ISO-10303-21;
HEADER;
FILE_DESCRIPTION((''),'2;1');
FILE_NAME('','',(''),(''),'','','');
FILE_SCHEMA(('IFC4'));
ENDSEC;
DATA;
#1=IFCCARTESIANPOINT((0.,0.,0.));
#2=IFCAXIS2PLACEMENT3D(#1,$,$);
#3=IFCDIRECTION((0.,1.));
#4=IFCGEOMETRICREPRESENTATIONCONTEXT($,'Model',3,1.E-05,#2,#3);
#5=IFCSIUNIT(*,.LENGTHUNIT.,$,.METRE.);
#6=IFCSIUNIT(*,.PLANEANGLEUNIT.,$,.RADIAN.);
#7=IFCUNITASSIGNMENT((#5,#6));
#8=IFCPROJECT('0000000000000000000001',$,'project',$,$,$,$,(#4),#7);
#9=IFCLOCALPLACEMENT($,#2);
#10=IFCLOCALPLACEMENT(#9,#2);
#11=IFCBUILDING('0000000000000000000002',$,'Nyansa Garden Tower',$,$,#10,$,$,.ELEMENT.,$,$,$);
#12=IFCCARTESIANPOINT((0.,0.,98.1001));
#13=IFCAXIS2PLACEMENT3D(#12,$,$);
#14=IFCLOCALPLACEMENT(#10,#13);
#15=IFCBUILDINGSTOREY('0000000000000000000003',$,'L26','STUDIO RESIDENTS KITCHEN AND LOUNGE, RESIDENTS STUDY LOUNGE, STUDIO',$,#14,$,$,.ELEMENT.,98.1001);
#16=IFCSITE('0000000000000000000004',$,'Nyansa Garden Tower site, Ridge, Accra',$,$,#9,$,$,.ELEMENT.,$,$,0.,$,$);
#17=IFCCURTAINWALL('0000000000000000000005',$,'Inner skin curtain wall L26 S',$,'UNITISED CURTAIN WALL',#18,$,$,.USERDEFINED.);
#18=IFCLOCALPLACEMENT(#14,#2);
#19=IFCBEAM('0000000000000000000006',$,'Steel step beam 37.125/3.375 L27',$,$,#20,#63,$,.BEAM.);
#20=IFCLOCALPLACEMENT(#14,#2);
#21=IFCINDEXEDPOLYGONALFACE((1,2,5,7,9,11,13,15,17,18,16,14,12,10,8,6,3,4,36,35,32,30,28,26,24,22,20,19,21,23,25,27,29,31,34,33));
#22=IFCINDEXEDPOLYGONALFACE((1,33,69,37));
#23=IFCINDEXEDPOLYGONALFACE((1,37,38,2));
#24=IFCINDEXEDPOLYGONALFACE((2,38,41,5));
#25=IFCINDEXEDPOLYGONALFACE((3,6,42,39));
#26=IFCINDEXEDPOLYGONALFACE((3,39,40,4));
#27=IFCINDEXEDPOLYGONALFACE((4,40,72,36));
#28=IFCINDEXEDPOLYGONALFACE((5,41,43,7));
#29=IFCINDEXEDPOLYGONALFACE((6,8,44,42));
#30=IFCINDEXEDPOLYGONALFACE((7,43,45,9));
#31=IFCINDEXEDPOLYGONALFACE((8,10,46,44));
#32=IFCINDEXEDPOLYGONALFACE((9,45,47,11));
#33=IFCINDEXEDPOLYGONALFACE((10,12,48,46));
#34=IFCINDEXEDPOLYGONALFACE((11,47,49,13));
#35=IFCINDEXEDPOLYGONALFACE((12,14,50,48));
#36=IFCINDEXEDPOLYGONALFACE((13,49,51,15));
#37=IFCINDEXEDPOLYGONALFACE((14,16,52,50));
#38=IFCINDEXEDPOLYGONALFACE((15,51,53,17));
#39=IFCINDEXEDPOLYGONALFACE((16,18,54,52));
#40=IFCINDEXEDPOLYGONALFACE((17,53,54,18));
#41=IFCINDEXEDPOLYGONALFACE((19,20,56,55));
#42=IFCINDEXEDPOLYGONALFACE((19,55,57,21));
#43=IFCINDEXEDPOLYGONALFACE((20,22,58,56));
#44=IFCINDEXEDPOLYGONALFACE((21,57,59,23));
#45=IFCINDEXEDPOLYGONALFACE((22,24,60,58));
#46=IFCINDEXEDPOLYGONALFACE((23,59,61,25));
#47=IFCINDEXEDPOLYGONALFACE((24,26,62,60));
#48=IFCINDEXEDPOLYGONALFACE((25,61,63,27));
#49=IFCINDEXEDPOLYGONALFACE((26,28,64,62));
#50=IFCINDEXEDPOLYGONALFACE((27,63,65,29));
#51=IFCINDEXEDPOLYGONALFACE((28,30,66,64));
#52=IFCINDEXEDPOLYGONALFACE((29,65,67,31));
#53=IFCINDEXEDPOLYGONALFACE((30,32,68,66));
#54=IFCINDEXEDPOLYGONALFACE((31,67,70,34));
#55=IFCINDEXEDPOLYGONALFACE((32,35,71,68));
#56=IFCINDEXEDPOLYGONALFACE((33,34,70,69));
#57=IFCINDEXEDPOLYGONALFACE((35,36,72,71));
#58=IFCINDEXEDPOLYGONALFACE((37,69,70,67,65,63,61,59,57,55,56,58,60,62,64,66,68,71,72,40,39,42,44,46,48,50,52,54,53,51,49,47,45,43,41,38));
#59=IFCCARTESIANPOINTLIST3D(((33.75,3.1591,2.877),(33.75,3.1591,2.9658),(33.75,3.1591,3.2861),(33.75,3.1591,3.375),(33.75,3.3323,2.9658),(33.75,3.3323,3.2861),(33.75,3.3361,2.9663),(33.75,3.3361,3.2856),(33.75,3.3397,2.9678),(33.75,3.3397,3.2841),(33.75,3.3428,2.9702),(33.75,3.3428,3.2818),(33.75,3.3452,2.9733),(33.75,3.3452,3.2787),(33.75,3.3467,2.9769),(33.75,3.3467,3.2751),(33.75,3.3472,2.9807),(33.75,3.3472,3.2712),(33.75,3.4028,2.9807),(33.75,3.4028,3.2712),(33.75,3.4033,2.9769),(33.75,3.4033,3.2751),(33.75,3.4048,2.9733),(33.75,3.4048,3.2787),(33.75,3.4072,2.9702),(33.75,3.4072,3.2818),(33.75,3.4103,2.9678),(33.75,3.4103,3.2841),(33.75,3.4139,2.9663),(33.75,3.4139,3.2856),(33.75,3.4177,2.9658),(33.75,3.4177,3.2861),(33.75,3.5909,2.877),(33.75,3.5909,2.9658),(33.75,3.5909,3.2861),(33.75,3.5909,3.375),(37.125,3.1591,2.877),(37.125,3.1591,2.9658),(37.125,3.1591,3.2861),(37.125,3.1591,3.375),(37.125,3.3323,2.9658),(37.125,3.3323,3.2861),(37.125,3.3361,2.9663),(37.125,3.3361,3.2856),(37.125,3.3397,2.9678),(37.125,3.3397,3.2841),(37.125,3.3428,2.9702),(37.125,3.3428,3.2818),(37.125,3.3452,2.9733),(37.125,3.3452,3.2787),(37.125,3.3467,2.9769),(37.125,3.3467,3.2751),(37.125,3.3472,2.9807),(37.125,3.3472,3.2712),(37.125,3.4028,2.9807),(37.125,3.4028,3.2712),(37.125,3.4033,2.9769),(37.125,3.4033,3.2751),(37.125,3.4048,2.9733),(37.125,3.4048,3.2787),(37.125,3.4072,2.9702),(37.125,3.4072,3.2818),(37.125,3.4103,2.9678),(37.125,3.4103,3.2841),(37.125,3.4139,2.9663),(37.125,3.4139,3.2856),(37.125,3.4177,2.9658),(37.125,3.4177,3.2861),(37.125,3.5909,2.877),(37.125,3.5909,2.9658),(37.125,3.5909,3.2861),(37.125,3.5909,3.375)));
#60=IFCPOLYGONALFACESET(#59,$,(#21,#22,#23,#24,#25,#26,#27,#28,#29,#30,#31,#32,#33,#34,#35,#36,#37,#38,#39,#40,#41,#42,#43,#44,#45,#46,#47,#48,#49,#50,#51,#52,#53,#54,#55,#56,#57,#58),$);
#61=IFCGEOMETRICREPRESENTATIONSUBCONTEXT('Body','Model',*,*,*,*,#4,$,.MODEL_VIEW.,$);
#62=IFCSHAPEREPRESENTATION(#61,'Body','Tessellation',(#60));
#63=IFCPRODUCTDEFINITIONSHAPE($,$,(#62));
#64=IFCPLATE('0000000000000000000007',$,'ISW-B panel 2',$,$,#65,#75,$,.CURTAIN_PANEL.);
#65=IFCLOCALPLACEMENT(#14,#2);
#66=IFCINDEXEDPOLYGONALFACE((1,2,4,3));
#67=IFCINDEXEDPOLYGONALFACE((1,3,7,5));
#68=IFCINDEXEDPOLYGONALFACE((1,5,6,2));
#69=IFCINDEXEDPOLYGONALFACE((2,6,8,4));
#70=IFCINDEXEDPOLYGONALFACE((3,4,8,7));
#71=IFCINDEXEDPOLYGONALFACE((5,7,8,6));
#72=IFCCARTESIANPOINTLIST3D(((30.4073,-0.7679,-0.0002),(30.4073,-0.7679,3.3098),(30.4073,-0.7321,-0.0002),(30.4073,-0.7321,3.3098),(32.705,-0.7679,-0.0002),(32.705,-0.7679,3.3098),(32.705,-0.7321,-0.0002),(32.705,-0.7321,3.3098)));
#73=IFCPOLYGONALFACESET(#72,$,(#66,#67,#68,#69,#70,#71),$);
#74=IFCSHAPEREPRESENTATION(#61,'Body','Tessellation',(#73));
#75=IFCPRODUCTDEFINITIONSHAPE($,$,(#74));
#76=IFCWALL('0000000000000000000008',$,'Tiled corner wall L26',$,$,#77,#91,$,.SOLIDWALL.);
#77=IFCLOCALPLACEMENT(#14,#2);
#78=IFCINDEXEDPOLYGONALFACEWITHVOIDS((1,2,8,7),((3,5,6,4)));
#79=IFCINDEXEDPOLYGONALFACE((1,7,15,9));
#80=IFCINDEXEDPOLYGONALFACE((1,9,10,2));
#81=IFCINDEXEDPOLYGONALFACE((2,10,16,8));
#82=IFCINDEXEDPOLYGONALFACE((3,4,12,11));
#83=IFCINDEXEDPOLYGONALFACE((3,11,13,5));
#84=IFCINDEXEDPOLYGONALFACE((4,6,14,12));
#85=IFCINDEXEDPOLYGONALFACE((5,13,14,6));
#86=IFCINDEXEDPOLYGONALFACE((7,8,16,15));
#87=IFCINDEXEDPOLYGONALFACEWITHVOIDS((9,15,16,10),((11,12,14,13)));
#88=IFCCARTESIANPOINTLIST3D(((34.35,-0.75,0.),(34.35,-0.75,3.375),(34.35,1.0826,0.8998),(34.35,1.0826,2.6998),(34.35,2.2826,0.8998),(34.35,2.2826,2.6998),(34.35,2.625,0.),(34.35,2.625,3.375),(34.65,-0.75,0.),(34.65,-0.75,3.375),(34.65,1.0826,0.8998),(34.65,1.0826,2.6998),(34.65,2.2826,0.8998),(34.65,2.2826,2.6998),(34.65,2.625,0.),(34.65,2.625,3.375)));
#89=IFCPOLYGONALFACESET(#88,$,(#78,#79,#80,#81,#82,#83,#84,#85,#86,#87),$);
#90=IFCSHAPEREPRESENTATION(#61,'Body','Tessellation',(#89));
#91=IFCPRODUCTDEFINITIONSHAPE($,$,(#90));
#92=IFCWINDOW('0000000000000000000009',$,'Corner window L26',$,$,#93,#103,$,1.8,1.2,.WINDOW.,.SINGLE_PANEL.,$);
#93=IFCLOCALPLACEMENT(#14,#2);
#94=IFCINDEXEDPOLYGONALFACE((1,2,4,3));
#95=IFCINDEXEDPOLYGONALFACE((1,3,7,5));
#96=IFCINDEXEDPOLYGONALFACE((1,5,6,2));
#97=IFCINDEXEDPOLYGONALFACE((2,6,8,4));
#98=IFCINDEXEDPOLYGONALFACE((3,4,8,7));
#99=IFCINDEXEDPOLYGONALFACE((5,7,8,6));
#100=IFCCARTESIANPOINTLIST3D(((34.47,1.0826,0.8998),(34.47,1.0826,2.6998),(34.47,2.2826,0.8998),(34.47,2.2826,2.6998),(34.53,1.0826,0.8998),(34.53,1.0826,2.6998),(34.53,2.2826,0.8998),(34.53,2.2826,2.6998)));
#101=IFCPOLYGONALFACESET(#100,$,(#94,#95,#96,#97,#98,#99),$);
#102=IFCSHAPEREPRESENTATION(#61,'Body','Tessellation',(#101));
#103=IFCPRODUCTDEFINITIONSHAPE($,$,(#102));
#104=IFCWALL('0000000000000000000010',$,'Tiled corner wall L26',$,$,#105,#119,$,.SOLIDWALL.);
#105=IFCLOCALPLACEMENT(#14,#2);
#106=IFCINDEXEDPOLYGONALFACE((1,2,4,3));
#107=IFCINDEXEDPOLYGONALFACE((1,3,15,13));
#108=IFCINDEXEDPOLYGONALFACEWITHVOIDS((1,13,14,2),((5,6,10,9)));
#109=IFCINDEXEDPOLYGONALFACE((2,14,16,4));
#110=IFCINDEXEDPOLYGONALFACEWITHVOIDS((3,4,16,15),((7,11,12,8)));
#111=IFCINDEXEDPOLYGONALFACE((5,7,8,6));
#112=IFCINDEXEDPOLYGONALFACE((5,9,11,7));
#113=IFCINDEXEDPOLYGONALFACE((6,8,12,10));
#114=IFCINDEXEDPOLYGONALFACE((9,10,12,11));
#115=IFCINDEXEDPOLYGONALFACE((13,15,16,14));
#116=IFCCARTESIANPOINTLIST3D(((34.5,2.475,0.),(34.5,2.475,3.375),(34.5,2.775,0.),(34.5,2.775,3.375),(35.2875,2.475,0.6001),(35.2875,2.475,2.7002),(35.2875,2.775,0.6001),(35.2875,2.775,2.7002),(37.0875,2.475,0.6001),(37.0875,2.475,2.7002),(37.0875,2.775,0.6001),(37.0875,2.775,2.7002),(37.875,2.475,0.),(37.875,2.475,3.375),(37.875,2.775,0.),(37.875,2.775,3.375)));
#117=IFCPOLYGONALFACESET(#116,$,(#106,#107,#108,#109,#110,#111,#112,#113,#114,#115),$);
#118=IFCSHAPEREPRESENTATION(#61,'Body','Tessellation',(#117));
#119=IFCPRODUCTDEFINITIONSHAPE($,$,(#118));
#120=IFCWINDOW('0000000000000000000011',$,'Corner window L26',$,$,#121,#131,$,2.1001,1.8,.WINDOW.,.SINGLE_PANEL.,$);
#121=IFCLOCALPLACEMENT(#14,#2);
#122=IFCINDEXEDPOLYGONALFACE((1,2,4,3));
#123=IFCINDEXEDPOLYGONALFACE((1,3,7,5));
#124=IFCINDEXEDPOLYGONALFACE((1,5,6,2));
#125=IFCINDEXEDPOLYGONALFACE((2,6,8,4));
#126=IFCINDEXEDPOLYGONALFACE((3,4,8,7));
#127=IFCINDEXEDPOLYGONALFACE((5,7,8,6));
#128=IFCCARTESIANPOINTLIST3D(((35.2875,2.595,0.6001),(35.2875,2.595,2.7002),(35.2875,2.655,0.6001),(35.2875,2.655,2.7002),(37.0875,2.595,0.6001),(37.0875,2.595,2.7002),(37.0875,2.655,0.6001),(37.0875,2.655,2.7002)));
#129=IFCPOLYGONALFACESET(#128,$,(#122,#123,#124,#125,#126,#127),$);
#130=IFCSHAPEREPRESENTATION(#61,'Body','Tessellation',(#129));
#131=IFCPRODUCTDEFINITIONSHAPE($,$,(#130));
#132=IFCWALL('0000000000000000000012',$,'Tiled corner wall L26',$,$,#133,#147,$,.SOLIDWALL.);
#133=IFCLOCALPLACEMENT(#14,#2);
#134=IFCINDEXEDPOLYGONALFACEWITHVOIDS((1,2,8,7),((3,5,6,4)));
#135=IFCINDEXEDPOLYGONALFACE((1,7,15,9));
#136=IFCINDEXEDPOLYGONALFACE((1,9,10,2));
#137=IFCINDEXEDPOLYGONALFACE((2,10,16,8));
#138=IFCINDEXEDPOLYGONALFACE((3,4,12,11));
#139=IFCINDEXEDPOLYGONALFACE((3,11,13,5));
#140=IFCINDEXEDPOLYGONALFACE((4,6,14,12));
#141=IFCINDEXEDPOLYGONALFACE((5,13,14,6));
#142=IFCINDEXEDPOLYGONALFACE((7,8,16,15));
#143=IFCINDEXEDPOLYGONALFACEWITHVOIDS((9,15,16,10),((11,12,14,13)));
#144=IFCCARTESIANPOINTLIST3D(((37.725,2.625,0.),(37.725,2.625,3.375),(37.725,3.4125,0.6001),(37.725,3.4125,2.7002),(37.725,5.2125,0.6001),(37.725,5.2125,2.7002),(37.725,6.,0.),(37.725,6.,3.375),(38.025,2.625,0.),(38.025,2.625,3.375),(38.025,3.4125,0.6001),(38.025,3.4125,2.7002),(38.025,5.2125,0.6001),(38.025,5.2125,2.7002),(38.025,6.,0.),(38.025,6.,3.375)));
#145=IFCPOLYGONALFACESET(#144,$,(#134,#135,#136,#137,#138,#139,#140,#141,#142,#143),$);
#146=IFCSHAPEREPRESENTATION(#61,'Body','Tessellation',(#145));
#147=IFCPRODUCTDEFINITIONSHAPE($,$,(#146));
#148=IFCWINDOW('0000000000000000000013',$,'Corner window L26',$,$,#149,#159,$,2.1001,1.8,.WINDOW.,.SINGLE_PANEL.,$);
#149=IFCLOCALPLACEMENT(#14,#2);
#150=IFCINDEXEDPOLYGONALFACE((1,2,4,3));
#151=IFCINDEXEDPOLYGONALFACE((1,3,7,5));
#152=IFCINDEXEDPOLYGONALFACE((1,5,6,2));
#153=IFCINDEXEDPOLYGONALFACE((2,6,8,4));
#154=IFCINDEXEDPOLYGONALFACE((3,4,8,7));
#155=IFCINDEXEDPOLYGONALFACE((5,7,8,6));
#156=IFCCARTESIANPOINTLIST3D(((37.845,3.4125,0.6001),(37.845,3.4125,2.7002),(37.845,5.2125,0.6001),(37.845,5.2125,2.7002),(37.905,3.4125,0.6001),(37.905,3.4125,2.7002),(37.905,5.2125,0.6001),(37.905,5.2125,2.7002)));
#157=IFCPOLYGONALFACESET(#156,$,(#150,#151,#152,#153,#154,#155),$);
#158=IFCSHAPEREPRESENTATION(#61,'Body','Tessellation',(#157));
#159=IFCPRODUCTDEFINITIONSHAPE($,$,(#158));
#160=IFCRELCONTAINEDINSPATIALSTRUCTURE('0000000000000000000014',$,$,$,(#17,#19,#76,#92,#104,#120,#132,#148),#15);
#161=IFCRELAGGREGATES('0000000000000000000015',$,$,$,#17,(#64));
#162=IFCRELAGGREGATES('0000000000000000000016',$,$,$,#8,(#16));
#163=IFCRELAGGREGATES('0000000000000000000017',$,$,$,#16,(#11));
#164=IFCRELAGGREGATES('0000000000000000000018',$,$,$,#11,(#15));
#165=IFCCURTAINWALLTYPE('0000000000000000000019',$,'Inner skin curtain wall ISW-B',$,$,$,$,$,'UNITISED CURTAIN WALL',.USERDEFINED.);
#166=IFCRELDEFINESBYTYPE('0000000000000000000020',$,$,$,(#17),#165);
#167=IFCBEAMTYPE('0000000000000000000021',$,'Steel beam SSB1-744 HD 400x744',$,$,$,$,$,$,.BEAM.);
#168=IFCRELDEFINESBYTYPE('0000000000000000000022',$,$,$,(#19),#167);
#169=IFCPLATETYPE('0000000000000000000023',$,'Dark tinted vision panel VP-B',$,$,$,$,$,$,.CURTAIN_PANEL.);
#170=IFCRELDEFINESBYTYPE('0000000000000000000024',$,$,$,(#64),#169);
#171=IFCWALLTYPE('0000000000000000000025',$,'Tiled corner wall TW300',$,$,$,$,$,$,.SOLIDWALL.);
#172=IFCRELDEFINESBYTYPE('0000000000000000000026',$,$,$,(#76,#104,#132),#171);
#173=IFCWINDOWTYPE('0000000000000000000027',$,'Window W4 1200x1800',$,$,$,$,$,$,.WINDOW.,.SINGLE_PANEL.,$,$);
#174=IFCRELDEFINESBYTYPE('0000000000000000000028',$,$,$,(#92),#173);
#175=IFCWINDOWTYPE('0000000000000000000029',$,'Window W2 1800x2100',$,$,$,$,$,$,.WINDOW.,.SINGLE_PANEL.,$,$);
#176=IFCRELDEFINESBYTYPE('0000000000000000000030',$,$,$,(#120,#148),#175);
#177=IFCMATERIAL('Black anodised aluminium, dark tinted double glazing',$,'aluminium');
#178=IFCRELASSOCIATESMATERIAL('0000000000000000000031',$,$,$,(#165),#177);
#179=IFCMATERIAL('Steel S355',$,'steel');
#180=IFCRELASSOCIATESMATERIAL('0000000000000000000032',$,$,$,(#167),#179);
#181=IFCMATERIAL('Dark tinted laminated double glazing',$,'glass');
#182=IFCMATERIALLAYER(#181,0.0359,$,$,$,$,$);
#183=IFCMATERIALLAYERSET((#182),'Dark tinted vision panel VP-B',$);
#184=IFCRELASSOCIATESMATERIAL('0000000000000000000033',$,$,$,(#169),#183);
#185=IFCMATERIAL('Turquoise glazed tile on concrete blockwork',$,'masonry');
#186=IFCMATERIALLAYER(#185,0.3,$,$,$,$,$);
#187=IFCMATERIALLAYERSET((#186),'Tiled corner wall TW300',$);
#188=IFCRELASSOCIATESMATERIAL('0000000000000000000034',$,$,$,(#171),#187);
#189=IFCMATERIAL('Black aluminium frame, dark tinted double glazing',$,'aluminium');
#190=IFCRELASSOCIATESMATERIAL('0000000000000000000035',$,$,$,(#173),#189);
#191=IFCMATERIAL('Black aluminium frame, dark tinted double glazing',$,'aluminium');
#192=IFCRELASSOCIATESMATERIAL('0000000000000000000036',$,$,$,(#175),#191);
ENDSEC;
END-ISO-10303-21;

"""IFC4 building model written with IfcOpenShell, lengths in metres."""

from ifc_helpers import new_model, si_unit, direction, frame, frame_2d, origin, origin_2d, place, context, subcontext, project, spatial, rectangle, i_section, extrude, material, layer, layer_set, material_profile, profile_set, type_object, element, fill, aggregate, save


model = new_model("IFC4")

# Units and contexts
model_context = context("Model", 3, precision=1e-05, world=origin(), true_north=direction((0.0, 1.0)))
body_context = subcontext(model_context, "Body", "Model", "MODEL_VIEW")
ifc_project = project(units=[si_unit("LENGTHUNIT", "METRE"), si_unit("PLANEANGLEUNIT", "RADIAN")], contexts=[model_context])

# Site, building, storey
site_placement = place(None, origin())
site = spatial("IfcSite", under=ifc_project, at=site_placement, Name="Nyansa Garden Tower site, Ridge, Accra", CompositionType="ELEMENT", RefElevation=0.0)
building_placement = place(site_placement, origin())
building = spatial("IfcBuilding", under=site, at=building_placement, Name="Nyansa Garden Tower", CompositionType="ELEMENT")
storey_placement = place(building_placement, frame((0.0, 0.0, 98.1001)))
storey = spatial("IfcBuildingStorey", under=building, at=storey_placement, Name="L26", Description="STUDIO RESIDENTS KITCHEN AND LOUNGE, RESIDENTS STUDY LOUNGE, STUDIO", CompositionType="ELEMENT", Elevation=98.1001)

# Curtain wall
ifc_material_1 = material(Name="Black anodised aluminium, dark tinted double glazing", Category="aluminium")
curtain_wall_type = type_object("IfcCurtainWallType", Name="Inner skin curtain wall ISW-B", ElementType="UNITISED CURTAIN WALL", PredefinedType="USERDEFINED", material=ifc_material_1)
curtain_wall_placement = place(storey_placement, origin())
curtain_wall = element("IfcCurtainWall", 1, at=curtain_wall_placement, inside=storey, type_object=curtain_wall_type, Name="Inner skin curtain wall L26 S", ObjectType="UNITISED CURTAIN WALL", PredefinedType="USERDEFINED")

# Beam
ifc_material_2 = material(Name="Steel S355", Category="steel")
ifc_material_profile_1 = material_profile(ifc_material_2, i_section(OverallWidth=0.4319, OverallDepth=0.498, WebThickness=0.0557, FlangeThickness=0.0889, FilletRadius=0.0149, at=origin_2d()), Name="HD 400x744")
ifc_profile_set_1 = profile_set([ifc_material_profile_1], Name="Steel S355")
beam_type_1 = type_object("IfcBeamType", Name="Steel beam SSB1-744 HD 400x744", PredefinedType="BEAM", material=ifc_profile_set_1)
for number, where, z_axis, x_axis, name in (
    (2, (37.125, 3.375, 3.126), (-1.0, 0.0, 0.0), (0.0, -1.0, 0.0), "Steel step beam 37.125/3.375 L27"),
):
    element("IfcBeam", number, at=place(storey_placement, frame(where, z_axis=z_axis, x_axis=x_axis)), inside=storey, type_object=beam_type_1, Name=name, PredefinedType="BEAM", context=body_context, shape_type="SweptSolid", body=[
        extrude(i_section(OverallWidth=0.4319, OverallDepth=0.498, WebThickness=0.0557, FlangeThickness=0.0889, FilletRadius=0.0149, at=origin_2d()), origin(), (0.0, 0.0, 1.0), 3.375),
    ])

# Plate
ifc_material_3 = material(Name="Dark tinted laminated double glazing", Category="glass")
ifc_layer_1 = layer(ifc_material_3, 0.0359)
ifc_layer_set_1 = layer_set([ifc_layer_1], Name="Dark tinted vision panel VP-B")
plate_type = type_object("IfcPlateType", Name="Dark tinted vision panel VP-B", PredefinedType="CURTAIN_PANEL", material=ifc_layer_set_1)
plate_placement = place(storey_placement, frame((31.5562, -0.75, -0.0002), z_axis=(0.0, 0.0, 1.0), x_axis=(1.0, 0.0, 0.0)))
plate = element("IfcPlate", 3, at=plate_placement, type_object=plate_type, Name="ISW-B panel 2", PredefinedType="CURTAIN_PANEL", context=body_context, shape_type="SweptSolid", body=[
    extrude(rectangle(XDim=2.2976, YDim=0.0359, at=origin_2d()), origin(), (0.0, 0.0, 1.0), 3.3101),
])
aggregate(curtain_wall, [plate])

# Walls, openings, windows
ifc_material_4 = material(Name="Turquoise glazed tile on concrete blockwork", Category="masonry")
ifc_layer_2 = layer(ifc_material_4, 0.3)
ifc_layer_set_2 = layer_set([ifc_layer_2], Name="Tiled corner wall TW300")
wall_type = type_object("IfcWallType", Name="Tiled corner wall TW300", PredefinedType="SOLIDWALL", material=ifc_layer_set_2)
wall_1_placement = place(storey_placement, frame((34.5, -0.75, 0.0), z_axis=(0.0, 0.0, 1.0), x_axis=(0.0, 1.0, 0.0)))
wall_1 = element("IfcWall", 4, at=wall_1_placement, inside=storey, type_object=wall_type, Name="Tiled corner wall L26", PredefinedType="SOLIDWALL", context=body_context, shape_type="SweptSolid", body=[
    extrude(rectangle(XDim=3.375, YDim=0.3, at=frame_2d((1.6875, 0.0))), origin(), (0.0, 0.0, 1.0), 3.375),
])
opening_1_placement = place(wall_1_placement, frame((1.8325, 0.0, 0.8999)))
opening_1 = element("IfcOpeningElement", 5, at=opening_1_placement, cuts=wall_1, PredefinedType="OPENING", context=body_context, shape_type="SweptSolid", body=[
    extrude(rectangle(XDim=1.2, YDim=1.8, at=frame_2d((0.6001, 0.8999))), frame((0.0, 0.1599, 0.0), z_axis=(0.0, -1.0, 0.0), x_axis=(1.0, 0.0, 0.0)), (0.0, 0.0, 1.0), 0.3201),
])
ifc_material_5 = material(Name="Black aluminium frame, dark tinted double glazing", Category="aluminium")
window_type_1 = type_object("IfcWindowType", Name="Window W4 1200x1800", PartitioningType="SINGLE_PANEL", PredefinedType="WINDOW", material=ifc_material_5)
window_1_placement = place(opening_1_placement, origin())
window_1 = element("IfcWindow", 6, at=window_1_placement, inside=storey, type_object=window_type_1, Name="Corner window L26", OverallHeight=1.8, OverallWidth=1.2, PartitioningType="SINGLE_PANEL", PredefinedType="WINDOW", context=body_context, shape_type="SweptSolid", body=[
    extrude(rectangle(XDim=1.2, YDim=1.8, at=frame_2d((0.6001, 0.8999))), frame((0.0, 0.03, 0.0), z_axis=(0.0, -1.0, 0.0), x_axis=(1.0, 0.0, 0.0)), (0.0, 0.0, 1.0), 0.0601),
])
fill(opening_1, window_1)
wall_2_placement = place(storey_placement, frame((34.5, 2.625, 0.0), z_axis=(0.0, 0.0, 1.0), x_axis=(1.0, 0.0, 0.0)))
wall_2 = element("IfcWall", 7, at=wall_2_placement, inside=storey, type_object=wall_type, Name="Tiled corner wall L26", PredefinedType="SOLIDWALL", context=body_context, shape_type="SweptSolid", body=[
    extrude(rectangle(XDim=3.375, YDim=0.3, at=frame_2d((1.6875, 0.0))), origin(), (0.0, 0.0, 1.0), 3.375),
])
opening_2_placement = place(wall_2_placement, frame((0.7876, 0.0, 0.6001)))
opening_2 = element("IfcOpeningElement", 8, at=opening_2_placement, cuts=wall_2, PredefinedType="OPENING", context=body_context, shape_type="SweptSolid", body=[
    extrude(rectangle(XDim=1.8, YDim=2.1001, at=frame_2d((0.8999, 1.05))), frame((0.0, 0.1599, 0.0), z_axis=(0.0, -1.0, 0.0), x_axis=(1.0, 0.0, 0.0)), (0.0, 0.0, 1.0), 0.3201),
])
ifc_material_6 = material(Name="Black aluminium frame, dark tinted double glazing", Category="aluminium")
window_type_2 = type_object("IfcWindowType", Name="Window W2 1800x2100", PartitioningType="SINGLE_PANEL", PredefinedType="WINDOW", material=ifc_material_6)
window_2_placement = place(opening_2_placement, origin())
window_2 = element("IfcWindow", 9, at=window_2_placement, inside=storey, type_object=window_type_2, Name="Corner window L26", OverallHeight=2.1001, OverallWidth=1.8, PartitioningType="SINGLE_PANEL", PredefinedType="WINDOW", context=body_context, shape_type="SweptSolid", body=[
    extrude(rectangle(XDim=1.8, YDim=2.1001, at=frame_2d((0.8999, 1.05))), frame((0.0, 0.03, 0.0), z_axis=(0.0, -1.0, 0.0), x_axis=(1.0, 0.0, 0.0)), (0.0, 0.0, 1.0), 0.0601),
])
fill(opening_2, window_2)
wall_3_placement = place(storey_placement, frame((37.875, 2.625, 0.0), z_axis=(0.0, 0.0, 1.0), x_axis=(0.0, 1.0, 0.0)))
wall_3 = element("IfcWall", 10, at=wall_3_placement, inside=storey, type_object=wall_type, Name="Tiled corner wall L26", PredefinedType="SOLIDWALL", context=body_context, shape_type="SweptSolid", body=[
    extrude(rectangle(XDim=3.375, YDim=0.3, at=frame_2d((1.6875, 0.0))), origin(), (0.0, 0.0, 1.0), 3.375),
])
opening_3_placement = place(wall_3_placement, frame((0.7876, 0.0, 0.6001)))
opening_3 = element("IfcOpeningElement", 11, at=opening_3_placement, cuts=wall_3, PredefinedType="OPENING", context=body_context, shape_type="SweptSolid", body=[
    extrude(rectangle(XDim=1.8, YDim=2.1001, at=frame_2d((0.8999, 1.05))), frame((0.0, 0.1599, 0.0), z_axis=(0.0, -1.0, 0.0), x_axis=(1.0, 0.0, 0.0)), (0.0, 0.0, 1.0), 0.3201),
])
window_3_placement = place(opening_3_placement, origin())
window_3 = element("IfcWindow", 12, at=window_3_placement, inside=storey, type_object=window_type_2, Name="Corner window L26", OverallHeight=2.1001, OverallWidth=1.8, PartitioningType="SINGLE_PANEL", PredefinedType="WINDOW", context=body_context, shape_type="SweptSolid", body=[
    extrude(rectangle(XDim=1.8, YDim=2.1001, at=frame_2d((0.8999, 1.05))), frame((0.0, 0.03, 0.0), z_axis=(0.0, -1.0, 0.0), x_axis=(1.0, 0.0, 0.0)), (0.0, 0.0, 1.0), 0.0601),
])
fill(opening_3, window_3)

save(model, "model.ifc")
